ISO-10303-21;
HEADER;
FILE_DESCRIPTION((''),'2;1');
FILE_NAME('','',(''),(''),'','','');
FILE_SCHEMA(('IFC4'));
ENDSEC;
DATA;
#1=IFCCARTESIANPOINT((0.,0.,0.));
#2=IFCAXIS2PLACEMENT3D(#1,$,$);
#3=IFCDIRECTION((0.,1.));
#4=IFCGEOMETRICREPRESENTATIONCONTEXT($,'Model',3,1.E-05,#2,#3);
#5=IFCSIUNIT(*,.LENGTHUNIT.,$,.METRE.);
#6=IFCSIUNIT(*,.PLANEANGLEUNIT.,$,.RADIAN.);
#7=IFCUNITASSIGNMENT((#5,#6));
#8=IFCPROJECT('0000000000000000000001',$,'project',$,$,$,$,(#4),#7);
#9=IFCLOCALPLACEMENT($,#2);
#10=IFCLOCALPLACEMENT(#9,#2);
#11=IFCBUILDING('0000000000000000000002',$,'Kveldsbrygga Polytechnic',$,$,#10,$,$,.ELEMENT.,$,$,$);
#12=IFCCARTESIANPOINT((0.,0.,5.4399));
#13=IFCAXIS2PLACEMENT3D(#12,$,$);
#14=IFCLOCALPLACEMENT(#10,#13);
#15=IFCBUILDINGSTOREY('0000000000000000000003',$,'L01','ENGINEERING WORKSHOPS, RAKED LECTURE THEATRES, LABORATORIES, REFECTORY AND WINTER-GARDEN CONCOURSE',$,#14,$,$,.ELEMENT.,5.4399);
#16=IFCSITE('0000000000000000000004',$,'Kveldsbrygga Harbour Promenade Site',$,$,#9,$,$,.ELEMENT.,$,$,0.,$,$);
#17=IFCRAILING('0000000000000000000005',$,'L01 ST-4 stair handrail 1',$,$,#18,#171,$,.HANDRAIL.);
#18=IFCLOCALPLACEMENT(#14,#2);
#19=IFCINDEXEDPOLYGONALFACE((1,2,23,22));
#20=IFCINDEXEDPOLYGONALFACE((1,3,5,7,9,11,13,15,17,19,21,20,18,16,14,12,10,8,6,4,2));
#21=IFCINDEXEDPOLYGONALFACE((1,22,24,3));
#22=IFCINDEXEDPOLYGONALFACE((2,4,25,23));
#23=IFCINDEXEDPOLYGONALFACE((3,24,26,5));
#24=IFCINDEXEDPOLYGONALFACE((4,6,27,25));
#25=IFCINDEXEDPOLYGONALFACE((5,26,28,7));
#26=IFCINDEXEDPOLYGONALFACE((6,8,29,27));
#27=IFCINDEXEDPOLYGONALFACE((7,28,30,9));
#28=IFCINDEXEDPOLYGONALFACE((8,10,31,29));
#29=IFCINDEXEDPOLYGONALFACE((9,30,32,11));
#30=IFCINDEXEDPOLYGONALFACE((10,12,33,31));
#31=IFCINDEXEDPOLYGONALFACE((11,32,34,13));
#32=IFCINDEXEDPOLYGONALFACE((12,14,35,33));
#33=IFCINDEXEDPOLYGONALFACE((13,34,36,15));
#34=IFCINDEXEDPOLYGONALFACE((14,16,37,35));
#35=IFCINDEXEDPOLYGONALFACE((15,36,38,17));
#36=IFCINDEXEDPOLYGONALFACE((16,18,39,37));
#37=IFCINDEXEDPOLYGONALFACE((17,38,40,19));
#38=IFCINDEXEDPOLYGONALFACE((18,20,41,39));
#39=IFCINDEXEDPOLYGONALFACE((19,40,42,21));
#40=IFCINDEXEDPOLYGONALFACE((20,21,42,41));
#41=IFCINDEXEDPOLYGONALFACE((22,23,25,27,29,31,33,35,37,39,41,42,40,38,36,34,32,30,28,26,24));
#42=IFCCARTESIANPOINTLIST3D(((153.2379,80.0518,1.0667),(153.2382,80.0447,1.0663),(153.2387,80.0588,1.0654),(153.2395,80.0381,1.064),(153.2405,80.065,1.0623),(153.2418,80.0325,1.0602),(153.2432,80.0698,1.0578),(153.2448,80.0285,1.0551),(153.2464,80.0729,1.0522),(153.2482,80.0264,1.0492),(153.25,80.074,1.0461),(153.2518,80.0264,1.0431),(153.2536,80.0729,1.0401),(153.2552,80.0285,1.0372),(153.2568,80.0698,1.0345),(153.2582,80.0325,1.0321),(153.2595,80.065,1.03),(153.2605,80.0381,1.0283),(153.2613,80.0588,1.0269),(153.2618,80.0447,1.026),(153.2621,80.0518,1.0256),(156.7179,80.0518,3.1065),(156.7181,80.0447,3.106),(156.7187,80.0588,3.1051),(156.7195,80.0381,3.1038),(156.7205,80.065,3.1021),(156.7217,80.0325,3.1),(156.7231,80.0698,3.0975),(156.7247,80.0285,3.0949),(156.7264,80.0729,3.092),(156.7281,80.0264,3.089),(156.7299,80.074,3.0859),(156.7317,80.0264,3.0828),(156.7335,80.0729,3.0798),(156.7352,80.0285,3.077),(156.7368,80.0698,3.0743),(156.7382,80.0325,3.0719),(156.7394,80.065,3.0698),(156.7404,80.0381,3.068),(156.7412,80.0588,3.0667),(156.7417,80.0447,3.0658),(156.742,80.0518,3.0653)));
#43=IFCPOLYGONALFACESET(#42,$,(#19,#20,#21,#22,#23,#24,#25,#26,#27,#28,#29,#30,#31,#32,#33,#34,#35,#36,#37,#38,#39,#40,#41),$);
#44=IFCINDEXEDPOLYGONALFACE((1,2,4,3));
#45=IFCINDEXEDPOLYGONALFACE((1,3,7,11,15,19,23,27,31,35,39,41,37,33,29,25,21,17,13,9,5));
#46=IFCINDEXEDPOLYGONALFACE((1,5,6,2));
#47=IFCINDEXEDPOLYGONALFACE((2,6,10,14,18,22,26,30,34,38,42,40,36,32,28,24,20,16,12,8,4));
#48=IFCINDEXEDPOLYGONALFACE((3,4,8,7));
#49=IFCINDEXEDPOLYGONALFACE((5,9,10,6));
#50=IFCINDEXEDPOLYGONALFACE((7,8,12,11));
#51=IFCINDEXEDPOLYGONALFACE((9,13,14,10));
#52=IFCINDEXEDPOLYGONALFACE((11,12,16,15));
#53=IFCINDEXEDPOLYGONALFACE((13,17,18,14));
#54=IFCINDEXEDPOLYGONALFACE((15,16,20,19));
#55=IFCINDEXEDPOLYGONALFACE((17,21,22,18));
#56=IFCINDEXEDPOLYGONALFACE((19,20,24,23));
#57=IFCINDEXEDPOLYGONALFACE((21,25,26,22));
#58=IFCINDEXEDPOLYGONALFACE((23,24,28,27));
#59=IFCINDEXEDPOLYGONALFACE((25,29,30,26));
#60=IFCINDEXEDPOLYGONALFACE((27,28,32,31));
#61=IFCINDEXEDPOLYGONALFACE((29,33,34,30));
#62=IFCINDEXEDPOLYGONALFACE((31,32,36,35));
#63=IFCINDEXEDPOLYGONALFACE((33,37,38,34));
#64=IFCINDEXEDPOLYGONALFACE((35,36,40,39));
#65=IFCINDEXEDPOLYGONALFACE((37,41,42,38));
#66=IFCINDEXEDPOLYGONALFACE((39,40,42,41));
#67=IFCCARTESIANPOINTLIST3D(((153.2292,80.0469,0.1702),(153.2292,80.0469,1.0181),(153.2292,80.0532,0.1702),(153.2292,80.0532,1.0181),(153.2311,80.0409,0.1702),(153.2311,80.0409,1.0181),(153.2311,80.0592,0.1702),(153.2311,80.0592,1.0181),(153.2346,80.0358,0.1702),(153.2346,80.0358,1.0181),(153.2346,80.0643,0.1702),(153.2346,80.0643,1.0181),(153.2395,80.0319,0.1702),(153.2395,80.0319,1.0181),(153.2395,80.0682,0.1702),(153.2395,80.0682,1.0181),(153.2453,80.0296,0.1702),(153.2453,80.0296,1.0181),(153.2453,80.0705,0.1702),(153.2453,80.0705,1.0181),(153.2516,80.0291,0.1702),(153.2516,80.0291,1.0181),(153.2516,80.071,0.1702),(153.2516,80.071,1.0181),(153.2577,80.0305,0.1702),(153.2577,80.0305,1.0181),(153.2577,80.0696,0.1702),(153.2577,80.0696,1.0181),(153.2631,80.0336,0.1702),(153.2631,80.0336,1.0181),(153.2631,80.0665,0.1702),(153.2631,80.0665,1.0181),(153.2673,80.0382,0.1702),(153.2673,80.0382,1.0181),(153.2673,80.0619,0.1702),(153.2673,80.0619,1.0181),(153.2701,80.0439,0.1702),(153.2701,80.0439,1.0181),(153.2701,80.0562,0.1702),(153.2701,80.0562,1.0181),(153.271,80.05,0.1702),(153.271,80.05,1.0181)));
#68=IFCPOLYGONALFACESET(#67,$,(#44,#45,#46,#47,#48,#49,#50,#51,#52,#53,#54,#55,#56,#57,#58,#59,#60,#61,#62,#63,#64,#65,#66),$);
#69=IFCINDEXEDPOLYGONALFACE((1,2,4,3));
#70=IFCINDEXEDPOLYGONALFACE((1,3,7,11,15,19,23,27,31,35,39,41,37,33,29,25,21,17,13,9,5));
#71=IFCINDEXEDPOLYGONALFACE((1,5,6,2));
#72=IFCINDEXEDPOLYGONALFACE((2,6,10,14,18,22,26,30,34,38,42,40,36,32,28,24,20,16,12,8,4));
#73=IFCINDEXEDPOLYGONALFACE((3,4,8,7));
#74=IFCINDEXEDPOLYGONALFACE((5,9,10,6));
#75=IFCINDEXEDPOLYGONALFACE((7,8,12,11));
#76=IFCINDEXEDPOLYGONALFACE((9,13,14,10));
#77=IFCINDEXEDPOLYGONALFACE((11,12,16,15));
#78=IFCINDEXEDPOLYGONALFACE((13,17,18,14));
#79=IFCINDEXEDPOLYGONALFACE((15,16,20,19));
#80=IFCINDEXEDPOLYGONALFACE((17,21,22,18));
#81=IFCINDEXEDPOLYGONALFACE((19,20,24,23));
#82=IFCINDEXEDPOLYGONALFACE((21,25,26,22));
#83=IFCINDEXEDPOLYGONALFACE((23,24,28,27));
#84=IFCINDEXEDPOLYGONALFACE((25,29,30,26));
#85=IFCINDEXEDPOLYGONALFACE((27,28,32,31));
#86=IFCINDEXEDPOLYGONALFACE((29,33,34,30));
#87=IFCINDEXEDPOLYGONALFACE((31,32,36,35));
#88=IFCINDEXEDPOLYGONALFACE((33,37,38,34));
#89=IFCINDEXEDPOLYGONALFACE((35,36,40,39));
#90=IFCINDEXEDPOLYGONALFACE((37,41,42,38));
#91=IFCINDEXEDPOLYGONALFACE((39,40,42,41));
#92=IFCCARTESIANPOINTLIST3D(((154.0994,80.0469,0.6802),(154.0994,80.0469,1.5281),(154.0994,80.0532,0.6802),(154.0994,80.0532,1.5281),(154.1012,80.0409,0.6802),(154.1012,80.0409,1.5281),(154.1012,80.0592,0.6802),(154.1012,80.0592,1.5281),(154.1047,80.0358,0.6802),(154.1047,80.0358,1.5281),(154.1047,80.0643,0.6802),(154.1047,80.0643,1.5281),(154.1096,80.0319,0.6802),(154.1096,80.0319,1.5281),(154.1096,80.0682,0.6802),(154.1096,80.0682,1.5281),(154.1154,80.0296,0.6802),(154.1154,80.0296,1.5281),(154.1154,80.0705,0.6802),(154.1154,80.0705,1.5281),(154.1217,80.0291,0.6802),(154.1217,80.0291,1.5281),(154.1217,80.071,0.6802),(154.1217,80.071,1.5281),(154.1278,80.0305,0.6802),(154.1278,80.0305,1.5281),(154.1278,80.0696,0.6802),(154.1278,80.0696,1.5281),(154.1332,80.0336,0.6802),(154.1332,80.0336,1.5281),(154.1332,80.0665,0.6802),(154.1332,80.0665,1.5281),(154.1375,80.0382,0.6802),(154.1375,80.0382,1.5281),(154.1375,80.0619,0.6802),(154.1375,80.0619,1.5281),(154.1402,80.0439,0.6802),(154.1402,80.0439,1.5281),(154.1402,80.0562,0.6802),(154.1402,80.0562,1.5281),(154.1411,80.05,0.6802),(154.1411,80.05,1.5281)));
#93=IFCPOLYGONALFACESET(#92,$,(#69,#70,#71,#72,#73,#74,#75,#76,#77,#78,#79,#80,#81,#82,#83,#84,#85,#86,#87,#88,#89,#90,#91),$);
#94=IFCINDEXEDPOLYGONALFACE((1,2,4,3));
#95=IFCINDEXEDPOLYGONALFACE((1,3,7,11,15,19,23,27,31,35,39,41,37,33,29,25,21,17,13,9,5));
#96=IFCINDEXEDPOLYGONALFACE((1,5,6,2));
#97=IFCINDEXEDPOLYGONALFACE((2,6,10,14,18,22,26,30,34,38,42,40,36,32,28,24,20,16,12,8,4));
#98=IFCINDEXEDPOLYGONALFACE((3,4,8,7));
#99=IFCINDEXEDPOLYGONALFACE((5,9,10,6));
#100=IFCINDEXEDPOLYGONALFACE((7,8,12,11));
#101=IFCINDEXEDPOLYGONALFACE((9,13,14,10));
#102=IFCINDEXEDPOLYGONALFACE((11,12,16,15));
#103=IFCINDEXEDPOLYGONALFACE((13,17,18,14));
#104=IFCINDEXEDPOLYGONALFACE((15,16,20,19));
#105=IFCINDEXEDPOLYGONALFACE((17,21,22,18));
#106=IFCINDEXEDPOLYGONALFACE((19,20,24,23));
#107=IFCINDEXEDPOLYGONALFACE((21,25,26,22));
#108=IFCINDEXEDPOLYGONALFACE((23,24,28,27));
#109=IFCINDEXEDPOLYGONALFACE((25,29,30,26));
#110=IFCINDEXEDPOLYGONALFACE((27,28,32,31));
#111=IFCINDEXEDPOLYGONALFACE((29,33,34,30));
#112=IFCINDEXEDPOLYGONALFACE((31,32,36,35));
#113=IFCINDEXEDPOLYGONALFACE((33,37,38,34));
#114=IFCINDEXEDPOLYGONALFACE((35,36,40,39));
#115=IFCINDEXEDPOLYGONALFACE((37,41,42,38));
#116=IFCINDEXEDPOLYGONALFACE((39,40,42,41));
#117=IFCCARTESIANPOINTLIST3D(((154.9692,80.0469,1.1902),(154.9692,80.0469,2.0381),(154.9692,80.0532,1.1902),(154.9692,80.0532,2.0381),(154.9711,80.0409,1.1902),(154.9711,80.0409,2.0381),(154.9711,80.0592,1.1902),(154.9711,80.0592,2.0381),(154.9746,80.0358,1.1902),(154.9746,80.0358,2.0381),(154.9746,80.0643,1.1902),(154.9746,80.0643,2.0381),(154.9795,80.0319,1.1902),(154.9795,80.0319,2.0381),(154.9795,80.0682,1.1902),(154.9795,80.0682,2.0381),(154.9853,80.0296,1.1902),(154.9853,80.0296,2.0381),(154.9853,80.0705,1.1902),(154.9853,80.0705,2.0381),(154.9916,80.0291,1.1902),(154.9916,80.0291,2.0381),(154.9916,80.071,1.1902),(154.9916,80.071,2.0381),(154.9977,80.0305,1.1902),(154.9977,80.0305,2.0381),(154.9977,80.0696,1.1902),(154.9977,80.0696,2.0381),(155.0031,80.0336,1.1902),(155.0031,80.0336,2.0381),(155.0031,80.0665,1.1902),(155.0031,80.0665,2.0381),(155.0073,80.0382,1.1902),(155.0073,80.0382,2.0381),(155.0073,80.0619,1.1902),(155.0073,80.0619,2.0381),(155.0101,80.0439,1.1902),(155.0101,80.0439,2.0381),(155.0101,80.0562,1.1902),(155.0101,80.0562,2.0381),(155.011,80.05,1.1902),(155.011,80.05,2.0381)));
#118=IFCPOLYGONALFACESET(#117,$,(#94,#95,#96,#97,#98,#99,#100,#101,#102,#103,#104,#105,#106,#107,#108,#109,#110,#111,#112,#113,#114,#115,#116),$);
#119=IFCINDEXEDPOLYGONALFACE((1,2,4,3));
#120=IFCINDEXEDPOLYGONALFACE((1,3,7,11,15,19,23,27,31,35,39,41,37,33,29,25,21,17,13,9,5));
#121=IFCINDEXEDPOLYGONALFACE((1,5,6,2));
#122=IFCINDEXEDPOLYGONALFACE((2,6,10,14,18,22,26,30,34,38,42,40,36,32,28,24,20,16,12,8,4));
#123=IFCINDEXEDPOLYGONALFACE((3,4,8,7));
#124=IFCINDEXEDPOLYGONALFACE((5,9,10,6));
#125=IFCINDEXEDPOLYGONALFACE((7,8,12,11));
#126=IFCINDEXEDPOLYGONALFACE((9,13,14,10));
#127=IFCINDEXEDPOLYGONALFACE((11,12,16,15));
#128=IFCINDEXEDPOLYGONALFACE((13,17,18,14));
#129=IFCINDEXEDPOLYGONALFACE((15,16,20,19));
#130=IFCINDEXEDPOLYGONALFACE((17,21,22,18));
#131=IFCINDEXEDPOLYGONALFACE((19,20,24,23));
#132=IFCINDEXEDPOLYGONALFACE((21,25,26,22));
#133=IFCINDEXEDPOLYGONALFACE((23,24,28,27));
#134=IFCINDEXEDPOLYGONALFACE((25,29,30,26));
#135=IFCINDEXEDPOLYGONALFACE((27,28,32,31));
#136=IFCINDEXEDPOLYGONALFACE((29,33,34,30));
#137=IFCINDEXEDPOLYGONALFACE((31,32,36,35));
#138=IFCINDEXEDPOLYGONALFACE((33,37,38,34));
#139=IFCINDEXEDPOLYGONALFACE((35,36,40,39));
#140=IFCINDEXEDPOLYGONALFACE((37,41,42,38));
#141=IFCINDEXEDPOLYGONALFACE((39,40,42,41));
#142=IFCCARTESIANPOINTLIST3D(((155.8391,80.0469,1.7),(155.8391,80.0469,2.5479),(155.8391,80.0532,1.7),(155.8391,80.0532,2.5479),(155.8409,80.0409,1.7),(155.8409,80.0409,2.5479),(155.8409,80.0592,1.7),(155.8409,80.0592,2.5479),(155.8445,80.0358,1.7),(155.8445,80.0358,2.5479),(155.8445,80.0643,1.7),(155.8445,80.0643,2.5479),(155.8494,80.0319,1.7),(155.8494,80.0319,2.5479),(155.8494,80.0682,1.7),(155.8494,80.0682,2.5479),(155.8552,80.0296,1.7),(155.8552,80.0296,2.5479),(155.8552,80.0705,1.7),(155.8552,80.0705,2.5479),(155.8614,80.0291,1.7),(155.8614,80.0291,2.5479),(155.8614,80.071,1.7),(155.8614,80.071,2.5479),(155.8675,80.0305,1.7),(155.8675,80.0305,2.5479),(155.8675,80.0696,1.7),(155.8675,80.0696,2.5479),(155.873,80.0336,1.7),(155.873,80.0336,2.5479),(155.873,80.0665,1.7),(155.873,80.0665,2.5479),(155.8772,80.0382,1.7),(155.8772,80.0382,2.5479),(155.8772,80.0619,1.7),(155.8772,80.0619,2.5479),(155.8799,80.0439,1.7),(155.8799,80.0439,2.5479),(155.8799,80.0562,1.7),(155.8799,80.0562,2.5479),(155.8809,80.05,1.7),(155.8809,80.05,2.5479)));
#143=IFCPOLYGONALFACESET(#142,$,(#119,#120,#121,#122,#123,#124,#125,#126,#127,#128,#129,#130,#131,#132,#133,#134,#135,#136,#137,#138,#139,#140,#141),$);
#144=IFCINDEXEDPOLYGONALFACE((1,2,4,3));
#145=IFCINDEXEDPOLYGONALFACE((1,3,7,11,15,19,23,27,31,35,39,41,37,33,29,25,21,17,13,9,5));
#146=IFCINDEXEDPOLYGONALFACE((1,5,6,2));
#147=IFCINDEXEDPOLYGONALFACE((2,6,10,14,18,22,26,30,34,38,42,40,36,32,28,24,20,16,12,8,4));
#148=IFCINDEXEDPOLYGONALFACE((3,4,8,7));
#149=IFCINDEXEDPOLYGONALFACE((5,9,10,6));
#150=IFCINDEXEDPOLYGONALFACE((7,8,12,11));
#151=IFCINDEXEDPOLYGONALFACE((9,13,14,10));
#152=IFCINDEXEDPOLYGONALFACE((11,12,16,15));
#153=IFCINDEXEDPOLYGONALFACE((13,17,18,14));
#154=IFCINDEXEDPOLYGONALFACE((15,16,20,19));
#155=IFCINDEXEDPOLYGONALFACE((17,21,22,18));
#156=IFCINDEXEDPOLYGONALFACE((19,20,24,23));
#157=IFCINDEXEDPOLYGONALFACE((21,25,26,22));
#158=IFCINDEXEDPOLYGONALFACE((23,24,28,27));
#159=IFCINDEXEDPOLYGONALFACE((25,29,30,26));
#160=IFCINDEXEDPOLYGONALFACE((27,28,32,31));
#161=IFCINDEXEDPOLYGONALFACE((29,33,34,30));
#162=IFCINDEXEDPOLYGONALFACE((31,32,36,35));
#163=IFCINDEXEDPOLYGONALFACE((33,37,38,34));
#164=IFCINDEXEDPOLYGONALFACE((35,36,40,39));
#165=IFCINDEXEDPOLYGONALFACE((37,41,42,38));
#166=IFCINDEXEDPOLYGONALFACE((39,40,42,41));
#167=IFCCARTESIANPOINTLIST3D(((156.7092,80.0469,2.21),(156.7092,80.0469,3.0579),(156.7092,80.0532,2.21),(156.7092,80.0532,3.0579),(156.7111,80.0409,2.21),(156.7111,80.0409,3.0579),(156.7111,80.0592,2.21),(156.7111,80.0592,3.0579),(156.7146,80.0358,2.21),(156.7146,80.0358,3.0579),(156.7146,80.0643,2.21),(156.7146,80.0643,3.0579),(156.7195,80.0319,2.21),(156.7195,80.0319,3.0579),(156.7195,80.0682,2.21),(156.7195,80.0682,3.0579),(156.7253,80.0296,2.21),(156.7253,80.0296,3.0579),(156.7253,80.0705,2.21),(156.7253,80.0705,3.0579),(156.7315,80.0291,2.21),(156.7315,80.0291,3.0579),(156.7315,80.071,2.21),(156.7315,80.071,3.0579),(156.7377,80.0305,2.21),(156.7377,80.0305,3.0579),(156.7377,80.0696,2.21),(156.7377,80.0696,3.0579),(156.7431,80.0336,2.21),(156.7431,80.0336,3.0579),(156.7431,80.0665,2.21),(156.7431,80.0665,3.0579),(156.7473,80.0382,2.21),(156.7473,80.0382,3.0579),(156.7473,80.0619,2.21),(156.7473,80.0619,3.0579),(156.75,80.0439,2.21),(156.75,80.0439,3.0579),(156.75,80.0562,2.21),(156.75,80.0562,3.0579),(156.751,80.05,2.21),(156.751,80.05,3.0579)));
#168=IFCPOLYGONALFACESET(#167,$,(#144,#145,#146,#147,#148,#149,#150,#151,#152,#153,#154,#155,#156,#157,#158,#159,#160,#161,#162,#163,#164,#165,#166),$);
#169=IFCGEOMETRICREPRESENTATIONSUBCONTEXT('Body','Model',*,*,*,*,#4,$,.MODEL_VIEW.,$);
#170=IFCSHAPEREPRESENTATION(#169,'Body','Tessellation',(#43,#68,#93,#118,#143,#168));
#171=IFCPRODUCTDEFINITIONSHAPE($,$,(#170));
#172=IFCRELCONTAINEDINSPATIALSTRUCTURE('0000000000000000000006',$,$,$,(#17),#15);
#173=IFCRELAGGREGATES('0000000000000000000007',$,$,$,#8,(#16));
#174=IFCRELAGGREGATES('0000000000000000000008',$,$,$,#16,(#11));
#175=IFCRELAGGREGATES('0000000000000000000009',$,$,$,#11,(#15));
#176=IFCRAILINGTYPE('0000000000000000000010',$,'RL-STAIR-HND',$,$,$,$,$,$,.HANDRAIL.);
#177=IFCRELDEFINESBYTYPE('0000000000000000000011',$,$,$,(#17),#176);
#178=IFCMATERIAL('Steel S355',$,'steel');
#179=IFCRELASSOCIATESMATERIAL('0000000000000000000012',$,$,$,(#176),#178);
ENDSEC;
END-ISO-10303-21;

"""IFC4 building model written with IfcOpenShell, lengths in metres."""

from ifc_helpers import new_model, si_unit, direction, frame, origin, origin_2d, place, context, subcontext, project, spatial, circle, extrude, material, type_object, element, save


model = new_model("IFC4")

# Units and contexts
model_context = context("Model", 3, precision=1e-05, world=origin(), true_north=direction((0.0, 1.0)))
body_context = subcontext(model_context, "Body", "Model", "MODEL_VIEW")
ifc_project = project(units=[si_unit("LENGTHUNIT", "METRE"), si_unit("PLANEANGLEUNIT", "RADIAN")], contexts=[model_context])

# Site, building, storey
site_placement = place(None, origin())
site = spatial("IfcSite", under=ifc_project, at=site_placement, Name="Kveldsbrygga Harbour Promenade Site", CompositionType="ELEMENT", RefElevation=0.0)
building_placement = place(site_placement, origin())
building = spatial("IfcBuilding", under=site, at=building_placement, Name="Kveldsbrygga Polytechnic", CompositionType="ELEMENT")
storey_placement = place(building_placement, frame((0.0, 0.0, 5.4399)))
storey = spatial("IfcBuildingStorey", under=building, at=storey_placement, Name="L01", Description="ENGINEERING WORKSHOPS, RAKED LECTURE THEATRES, LABORATORIES, REFECTORY AND WINTER-GARDEN CONCOURSE", CompositionType="ELEMENT", Elevation=5.4399)

# Railing
ifc_material_1 = material(Name="Steel S355", Category="steel")
railing_type_1 = type_object("IfcRailingType", Name="RL-STAIR-HND", PredefinedType="HANDRAIL", material=ifc_material_1)
railing_1_placement = place(storey_placement, frame((153.25, 80.05, 0.1702)))
element("IfcRailing", 1, at=railing_1_placement, inside=storey, type_object=railing_type_1, Name="L01 ST-4 stair handrail 1", PredefinedType="HANDRAIL", context=body_context, shape_type="SweptSolid", body=[
    extrude(circle(Radius=0.0239, at=origin_2d()), frame((0.0, 0.0, 0.876), z_axis=(0.862719, 0.0, 0.505684), x_axis=(0.0, 1.0, 0.0)), (0.0, 0.0, 1.0), 4.0337),
    extrude(circle(Radius=0.021, at=origin_2d()), origin(), (0.0, 0.0, 1.0), 0.8479),
    extrude(circle(Radius=0.021, at=origin_2d()), frame((0.8701, 0.0, 0.51)), (0.0, 0.0, 1.0), 0.8479),
    extrude(circle(Radius=0.021, at=origin_2d()), frame((1.74, 0.0, 1.02)), (0.0, 0.0, 1.0), 0.8479),
    extrude(circle(Radius=0.021, at=origin_2d()), frame((2.6099, 0.0, 1.5298)), (0.0, 0.0, 1.0), 0.8479),
    extrude(circle(Radius=0.021, at=origin_2d()), frame((3.48, 0.0, 2.0398)), (0.0, 0.0, 1.0), 0.8479),
])

save(model, "model.ifc")
